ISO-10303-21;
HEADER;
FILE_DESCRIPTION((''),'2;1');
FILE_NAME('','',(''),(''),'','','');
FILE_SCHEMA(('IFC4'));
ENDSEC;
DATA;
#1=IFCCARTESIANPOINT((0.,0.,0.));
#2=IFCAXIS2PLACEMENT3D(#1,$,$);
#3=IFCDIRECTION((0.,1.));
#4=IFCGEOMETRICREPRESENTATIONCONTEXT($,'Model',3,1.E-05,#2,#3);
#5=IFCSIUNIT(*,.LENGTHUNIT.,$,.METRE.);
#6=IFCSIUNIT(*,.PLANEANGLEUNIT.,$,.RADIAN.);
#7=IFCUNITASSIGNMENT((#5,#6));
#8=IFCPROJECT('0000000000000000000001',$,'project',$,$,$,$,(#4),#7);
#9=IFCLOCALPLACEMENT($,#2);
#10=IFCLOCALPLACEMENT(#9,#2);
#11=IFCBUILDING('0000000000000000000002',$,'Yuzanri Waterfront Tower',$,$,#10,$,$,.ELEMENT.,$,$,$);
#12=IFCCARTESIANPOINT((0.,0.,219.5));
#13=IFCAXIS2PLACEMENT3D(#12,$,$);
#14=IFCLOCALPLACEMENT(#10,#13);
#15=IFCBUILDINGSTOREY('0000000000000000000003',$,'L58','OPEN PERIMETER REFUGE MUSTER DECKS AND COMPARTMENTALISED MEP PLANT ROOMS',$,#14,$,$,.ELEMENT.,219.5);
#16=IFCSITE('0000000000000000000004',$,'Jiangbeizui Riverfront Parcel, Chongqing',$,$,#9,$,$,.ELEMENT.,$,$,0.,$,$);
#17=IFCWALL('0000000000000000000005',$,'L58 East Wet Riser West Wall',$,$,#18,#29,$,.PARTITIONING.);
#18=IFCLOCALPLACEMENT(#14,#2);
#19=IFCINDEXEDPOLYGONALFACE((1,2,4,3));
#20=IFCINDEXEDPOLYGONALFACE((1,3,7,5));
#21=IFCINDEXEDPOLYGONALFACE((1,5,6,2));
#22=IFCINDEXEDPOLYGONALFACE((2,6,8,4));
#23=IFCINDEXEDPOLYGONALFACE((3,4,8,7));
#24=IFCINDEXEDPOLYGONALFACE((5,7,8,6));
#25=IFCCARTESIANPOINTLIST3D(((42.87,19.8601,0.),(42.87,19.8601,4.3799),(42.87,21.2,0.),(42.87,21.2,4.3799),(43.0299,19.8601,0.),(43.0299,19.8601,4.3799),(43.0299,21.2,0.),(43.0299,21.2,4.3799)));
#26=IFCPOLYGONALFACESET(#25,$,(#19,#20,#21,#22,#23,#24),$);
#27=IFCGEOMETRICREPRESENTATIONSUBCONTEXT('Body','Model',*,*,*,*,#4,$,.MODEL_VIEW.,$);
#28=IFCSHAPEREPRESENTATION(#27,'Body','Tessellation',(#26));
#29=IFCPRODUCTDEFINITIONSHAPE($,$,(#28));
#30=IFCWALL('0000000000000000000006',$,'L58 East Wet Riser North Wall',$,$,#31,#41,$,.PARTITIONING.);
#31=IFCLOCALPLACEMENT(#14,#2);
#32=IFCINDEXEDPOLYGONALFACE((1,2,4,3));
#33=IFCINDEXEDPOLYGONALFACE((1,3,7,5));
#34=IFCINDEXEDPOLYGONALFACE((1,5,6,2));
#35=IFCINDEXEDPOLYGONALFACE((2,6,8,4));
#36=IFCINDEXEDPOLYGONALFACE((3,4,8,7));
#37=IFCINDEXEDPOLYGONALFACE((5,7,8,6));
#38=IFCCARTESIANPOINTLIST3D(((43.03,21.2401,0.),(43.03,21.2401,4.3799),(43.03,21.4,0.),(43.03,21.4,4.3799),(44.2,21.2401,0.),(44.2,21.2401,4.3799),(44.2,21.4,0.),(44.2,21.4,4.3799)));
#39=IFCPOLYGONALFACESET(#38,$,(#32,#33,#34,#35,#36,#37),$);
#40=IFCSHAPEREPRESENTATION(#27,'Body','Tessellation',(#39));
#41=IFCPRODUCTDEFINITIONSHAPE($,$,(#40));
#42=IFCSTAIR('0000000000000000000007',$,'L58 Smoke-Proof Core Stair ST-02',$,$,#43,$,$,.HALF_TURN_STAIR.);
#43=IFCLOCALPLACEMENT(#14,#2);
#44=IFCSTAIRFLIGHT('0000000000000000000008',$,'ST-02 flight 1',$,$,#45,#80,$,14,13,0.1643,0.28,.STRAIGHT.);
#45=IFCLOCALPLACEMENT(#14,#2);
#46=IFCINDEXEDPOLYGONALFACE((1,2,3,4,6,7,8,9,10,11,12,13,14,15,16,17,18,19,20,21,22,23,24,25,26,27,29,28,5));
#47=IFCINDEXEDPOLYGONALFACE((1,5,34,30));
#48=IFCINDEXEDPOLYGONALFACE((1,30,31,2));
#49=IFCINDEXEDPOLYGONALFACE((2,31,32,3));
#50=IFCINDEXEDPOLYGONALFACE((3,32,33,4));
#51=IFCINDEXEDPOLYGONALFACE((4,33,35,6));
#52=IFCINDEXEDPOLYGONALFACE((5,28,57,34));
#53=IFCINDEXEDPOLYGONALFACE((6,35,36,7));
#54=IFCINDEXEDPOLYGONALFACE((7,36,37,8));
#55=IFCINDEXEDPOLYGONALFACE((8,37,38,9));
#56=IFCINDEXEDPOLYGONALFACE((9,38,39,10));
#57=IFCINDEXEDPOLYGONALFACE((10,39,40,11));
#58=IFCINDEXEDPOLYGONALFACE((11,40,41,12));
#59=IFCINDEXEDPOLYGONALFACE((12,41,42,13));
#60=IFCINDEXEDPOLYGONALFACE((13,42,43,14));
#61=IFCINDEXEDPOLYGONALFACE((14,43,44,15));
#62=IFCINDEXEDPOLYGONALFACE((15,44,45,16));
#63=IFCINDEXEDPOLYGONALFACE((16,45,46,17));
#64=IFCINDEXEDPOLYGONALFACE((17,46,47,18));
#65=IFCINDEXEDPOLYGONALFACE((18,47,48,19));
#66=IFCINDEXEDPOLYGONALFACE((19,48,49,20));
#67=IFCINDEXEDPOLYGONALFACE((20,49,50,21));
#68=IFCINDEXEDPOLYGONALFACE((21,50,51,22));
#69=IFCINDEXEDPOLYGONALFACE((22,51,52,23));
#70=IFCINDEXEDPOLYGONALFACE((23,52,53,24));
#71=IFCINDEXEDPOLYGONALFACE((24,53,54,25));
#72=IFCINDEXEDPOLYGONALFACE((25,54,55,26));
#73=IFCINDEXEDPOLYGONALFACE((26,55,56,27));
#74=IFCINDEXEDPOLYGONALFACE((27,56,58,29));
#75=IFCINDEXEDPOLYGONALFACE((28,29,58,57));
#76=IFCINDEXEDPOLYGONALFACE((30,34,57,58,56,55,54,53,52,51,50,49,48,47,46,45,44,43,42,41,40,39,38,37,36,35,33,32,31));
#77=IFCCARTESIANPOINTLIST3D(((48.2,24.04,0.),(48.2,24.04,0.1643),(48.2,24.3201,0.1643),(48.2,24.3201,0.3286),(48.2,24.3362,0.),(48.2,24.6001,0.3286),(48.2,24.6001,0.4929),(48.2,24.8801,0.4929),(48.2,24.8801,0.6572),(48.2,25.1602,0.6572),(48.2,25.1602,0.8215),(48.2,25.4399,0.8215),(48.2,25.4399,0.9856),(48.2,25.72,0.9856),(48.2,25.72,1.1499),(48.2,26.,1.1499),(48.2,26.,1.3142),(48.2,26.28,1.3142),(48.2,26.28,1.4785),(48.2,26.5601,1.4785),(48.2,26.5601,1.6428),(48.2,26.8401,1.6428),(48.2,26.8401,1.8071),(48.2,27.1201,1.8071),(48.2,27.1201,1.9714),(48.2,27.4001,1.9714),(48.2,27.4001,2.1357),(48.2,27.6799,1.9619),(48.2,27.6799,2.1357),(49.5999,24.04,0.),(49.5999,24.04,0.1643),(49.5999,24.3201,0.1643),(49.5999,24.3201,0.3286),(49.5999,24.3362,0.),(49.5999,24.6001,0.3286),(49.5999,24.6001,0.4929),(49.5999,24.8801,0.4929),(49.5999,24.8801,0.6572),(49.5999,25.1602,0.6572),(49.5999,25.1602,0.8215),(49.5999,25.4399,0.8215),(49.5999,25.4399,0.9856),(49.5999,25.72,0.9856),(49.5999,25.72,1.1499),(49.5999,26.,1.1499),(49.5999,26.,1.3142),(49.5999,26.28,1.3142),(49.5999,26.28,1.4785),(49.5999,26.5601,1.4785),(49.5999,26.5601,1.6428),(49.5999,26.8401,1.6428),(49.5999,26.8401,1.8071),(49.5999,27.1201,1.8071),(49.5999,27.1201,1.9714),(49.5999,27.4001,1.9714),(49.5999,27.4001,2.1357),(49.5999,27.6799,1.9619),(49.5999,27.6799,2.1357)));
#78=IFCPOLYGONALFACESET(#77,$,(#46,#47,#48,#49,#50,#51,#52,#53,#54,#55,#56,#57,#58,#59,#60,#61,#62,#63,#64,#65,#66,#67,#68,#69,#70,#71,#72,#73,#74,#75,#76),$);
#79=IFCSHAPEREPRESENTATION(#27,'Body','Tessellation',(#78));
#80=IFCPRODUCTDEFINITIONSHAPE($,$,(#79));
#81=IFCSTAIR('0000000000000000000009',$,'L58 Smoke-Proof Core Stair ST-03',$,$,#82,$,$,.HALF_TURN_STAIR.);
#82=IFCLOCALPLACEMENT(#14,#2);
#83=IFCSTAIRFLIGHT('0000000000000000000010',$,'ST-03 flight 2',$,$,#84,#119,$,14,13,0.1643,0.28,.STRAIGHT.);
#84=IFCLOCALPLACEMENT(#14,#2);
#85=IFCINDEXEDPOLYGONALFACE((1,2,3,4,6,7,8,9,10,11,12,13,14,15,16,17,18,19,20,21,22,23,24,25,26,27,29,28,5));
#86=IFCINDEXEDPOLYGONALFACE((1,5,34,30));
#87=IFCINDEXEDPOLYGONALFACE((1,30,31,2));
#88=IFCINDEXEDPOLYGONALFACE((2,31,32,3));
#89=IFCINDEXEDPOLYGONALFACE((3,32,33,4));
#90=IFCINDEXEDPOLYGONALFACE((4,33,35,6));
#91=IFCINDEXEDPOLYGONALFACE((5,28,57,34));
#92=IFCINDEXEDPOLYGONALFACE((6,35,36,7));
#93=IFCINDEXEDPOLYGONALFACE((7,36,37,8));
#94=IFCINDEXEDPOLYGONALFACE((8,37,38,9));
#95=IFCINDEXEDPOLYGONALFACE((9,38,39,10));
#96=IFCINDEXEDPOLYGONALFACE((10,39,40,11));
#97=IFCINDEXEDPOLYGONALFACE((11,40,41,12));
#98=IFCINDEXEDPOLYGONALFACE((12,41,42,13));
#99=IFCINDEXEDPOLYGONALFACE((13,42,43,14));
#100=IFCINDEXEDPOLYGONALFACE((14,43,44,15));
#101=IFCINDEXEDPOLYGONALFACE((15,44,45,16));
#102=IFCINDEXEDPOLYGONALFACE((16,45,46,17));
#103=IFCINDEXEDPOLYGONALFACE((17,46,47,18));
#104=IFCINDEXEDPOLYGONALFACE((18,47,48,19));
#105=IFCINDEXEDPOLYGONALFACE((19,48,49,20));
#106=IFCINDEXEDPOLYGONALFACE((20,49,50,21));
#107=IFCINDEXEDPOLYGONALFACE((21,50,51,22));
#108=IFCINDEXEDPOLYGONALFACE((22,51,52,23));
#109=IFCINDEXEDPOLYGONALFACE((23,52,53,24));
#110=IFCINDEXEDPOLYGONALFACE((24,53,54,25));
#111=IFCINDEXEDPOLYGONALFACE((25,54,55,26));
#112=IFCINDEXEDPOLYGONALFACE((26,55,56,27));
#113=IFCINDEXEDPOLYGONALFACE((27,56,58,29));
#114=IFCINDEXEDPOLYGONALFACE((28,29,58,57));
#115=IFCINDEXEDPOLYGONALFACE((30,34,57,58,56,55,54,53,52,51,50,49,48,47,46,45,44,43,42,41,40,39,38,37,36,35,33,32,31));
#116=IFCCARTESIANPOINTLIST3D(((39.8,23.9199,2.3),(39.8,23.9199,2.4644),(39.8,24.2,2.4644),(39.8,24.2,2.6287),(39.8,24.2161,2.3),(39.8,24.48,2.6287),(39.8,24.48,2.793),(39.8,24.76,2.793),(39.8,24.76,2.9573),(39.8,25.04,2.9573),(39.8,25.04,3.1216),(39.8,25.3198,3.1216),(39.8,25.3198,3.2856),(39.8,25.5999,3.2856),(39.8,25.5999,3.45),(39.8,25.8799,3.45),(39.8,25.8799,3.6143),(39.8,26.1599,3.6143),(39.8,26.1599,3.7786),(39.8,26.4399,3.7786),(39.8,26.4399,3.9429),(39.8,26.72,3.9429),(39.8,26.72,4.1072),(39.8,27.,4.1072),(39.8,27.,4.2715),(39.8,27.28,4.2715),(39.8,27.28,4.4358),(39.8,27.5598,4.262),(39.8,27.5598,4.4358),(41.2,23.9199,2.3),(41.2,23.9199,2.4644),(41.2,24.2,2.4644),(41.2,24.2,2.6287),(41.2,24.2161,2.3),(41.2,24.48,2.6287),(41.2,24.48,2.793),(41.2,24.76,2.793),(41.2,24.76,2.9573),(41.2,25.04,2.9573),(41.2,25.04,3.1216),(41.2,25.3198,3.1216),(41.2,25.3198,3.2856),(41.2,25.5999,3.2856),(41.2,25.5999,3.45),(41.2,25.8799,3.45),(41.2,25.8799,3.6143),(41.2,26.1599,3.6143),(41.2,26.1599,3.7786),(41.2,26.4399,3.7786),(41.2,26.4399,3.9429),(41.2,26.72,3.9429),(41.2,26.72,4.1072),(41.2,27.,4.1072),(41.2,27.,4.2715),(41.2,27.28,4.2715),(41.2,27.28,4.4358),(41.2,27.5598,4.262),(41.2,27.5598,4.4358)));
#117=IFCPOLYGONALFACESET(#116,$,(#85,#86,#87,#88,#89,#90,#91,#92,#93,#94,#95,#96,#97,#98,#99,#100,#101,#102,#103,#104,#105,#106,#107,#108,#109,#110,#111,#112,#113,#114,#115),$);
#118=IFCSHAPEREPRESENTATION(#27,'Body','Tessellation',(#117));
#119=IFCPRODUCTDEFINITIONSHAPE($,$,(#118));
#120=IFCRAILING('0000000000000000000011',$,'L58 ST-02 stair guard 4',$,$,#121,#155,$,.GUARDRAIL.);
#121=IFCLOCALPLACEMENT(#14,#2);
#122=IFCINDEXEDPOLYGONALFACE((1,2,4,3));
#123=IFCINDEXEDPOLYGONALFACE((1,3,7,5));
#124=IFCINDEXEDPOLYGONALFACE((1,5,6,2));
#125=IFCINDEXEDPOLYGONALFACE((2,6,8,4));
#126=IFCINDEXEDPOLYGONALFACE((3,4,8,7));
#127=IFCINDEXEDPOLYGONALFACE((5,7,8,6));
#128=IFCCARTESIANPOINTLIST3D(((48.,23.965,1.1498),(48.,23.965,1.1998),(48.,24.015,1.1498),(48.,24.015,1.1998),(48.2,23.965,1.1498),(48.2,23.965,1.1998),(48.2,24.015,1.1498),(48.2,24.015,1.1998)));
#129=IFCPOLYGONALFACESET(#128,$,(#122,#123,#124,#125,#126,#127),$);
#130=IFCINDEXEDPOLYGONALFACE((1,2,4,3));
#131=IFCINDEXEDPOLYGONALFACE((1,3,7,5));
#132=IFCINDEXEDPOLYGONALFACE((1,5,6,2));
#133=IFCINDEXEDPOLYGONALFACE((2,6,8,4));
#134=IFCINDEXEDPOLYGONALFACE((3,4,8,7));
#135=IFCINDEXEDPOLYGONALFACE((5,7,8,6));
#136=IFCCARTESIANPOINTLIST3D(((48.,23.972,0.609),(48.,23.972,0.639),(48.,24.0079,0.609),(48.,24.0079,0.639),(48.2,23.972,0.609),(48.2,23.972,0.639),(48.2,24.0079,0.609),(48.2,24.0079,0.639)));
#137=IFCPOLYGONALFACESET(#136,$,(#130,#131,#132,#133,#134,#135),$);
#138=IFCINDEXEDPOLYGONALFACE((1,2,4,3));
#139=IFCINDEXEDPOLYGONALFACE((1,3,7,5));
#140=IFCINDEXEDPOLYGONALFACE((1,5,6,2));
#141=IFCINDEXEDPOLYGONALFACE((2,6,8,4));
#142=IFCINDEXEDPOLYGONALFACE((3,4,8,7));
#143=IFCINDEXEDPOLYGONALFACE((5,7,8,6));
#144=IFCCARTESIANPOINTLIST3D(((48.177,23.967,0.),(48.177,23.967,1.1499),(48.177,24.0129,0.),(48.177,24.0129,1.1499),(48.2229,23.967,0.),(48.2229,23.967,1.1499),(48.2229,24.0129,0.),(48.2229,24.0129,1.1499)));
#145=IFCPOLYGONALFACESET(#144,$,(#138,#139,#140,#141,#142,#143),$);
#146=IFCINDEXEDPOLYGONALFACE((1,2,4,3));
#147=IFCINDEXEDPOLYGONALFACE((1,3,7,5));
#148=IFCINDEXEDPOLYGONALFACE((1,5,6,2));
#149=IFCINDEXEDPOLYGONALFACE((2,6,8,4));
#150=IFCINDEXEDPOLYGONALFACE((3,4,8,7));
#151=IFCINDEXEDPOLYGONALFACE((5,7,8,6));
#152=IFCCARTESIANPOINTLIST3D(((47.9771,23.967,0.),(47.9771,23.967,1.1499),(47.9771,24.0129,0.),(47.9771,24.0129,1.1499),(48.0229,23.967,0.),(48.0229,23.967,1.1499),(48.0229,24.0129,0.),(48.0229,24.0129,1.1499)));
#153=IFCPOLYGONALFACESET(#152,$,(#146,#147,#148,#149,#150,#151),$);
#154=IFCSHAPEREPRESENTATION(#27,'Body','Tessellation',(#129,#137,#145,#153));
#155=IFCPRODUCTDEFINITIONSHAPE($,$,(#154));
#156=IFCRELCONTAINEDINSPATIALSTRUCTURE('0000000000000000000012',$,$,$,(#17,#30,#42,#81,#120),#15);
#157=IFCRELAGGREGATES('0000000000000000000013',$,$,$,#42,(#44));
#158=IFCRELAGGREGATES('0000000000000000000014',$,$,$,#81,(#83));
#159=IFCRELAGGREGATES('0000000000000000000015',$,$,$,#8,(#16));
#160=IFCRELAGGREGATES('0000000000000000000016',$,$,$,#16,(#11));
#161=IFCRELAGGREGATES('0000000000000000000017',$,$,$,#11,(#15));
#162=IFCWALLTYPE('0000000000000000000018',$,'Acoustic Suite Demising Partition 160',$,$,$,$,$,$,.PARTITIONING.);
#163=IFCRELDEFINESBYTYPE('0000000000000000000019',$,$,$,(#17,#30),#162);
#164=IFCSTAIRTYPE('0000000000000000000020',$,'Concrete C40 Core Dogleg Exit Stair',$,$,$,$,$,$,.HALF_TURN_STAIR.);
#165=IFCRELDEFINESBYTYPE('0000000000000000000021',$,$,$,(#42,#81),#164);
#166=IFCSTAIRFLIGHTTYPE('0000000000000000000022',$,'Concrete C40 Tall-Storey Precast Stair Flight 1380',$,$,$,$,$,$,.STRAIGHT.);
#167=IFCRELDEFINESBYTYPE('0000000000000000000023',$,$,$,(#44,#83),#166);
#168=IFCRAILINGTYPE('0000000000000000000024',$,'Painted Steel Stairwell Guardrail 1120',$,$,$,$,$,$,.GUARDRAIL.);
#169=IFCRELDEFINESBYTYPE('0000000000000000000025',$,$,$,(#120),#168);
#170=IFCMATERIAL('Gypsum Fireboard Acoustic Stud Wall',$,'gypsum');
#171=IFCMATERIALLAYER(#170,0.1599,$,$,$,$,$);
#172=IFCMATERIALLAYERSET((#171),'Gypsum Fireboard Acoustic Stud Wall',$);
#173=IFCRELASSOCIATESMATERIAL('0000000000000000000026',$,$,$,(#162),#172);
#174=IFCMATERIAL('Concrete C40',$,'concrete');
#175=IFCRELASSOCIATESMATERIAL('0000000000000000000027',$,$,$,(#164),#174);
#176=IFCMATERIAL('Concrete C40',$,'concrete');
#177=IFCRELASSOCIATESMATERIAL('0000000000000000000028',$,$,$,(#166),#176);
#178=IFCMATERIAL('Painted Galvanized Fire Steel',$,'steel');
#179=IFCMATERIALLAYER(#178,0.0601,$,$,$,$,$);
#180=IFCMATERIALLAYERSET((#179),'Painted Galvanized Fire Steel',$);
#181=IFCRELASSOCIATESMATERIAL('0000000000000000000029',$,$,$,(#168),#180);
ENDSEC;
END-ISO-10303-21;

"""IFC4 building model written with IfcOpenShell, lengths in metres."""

from ifc_helpers import new_model, si_unit, direction, frame, frame_2d, origin, origin_2d, place, context, subcontext, project, spatial, polyline, rectangle, outline, extrude, source, transform, mapped, material, layer, layer_set, type_object, element, aggregate, save


model = new_model("IFC4")

# Units and contexts
model_context = context("Model", 3, precision=1e-05, world=origin(), true_north=direction((0.0, 1.0)))
body_context = subcontext(model_context, "Body", "Model", "MODEL_VIEW")
ifc_project = project(units=[si_unit("LENGTHUNIT", "METRE"), si_unit("PLANEANGLEUNIT", "RADIAN")], contexts=[model_context])

# Site, building, storey
site_placement = place(None, origin())
site = spatial("IfcSite", under=ifc_project, at=site_placement, Name="Jiangbeizui Riverfront Parcel, Chongqing", CompositionType="ELEMENT", RefElevation=0.0)
building_placement = place(site_placement, origin())
building = spatial("IfcBuilding", under=site, at=building_placement, Name="Yuzanri Waterfront Tower", CompositionType="ELEMENT")
storey_placement = place(building_placement, frame((0.0, 0.0, 219.5)))
storey = spatial("IfcBuildingStorey", under=building, at=storey_placement, Name="L58", Description="OPEN PERIMETER REFUGE MUSTER DECKS AND COMPARTMENTALISED MEP PLANT ROOMS", CompositionType="ELEMENT", Elevation=219.5)

# Walls
ifc_material_1 = material(Name="Gypsum Fireboard Acoustic Stud Wall", Category="gypsum")
ifc_layer_1 = layer(ifc_material_1, 0.1599)
ifc_layer_set_1 = layer_set([ifc_layer_1], Name="Gypsum Fireboard Acoustic Stud Wall")
wall_type_1 = type_object("IfcWallType", Name="Acoustic Suite Demising Partition 160", PredefinedType="PARTITIONING", material=ifc_layer_set_1)
shared_shape_1 = source(origin(), body_context, "Body", "SweptSolid", [
    extrude(rectangle(XDim=1.3398, YDim=0.1599, at=frame_2d((0.6699, 0.0))), origin(), (0.0, 0.0, 1.0), 4.3799),
])
wall_1_placement = place(storey_placement, frame((42.95, 19.8601, 0.0), z_axis=(0.0, 0.0, 1.0), x_axis=(0.0, 1.0, 0.0)))
element("IfcWall", 1, at=wall_1_placement, inside=storey, type_object=wall_type_1, Name="L58 East Wet Riser West Wall", PredefinedType="PARTITIONING", context=body_context, shape_type="MappedRepresentation", body=[
    mapped(shared_shape_1, transform((0.0, 0.0, 0.0), scale=1.0)),
])
shared_shape_2 = source(origin(), body_context, "Body", "SweptSolid", [
    extrude(rectangle(XDim=1.1699, YDim=0.1599, at=frame_2d((0.585, 0.0))), origin(), (0.0, 0.0, 1.0), 4.3799),
])
wall_2_placement = place(storey_placement, frame((43.03, 21.3201, 0.0), z_axis=(0.0, 0.0, 1.0), x_axis=(1.0, 0.0, 0.0)))
element("IfcWall", 2, at=wall_2_placement, inside=storey, type_object=wall_type_1, Name="L58 East Wet Riser North Wall", PredefinedType="PARTITIONING", context=body_context, shape_type="MappedRepresentation", body=[
    mapped(shared_shape_2, transform((0.0, 0.0, 0.0), scale=1.0)),
])

# Stairs, stair flights
ifc_material_2 = material(Name="Concrete C40", Category="concrete")
stair_type = type_object("IfcStairType", Name="Concrete C40 Core Dogleg Exit Stair", PredefinedType="HALF_TURN_STAIR", material=ifc_material_2)
stair_1_placement = place(storey_placement, origin())
stair_1 = element("IfcStair", 3, at=stair_1_placement, inside=storey, type_object=stair_type, Name="L58 Smoke-Proof Core Stair ST-02", PredefinedType="HALF_TURN_STAIR")
ifc_material_3 = material(Name="Concrete C40", Category="concrete")
stair_flight_type = type_object("IfcStairFlightType", Name="Concrete C40 Tall-Storey Precast Stair Flight 1380", PredefinedType="STRAIGHT", material=ifc_material_3)
shared_shape_3 = source(origin(), body_context, "Body", "SweptSolid", [
    extrude(outline(polyline([(0.0, 0.0), (0.0, 0.1643), (0.28, 0.1643), (0.28, 0.3286), (0.5601, 0.3286), (0.5601, 0.4929), (0.8401, 0.4929), (0.8401, 0.6572), (1.1201, 0.6572), (1.1201, 0.8215), (1.3999, 0.8215), (1.3999, 0.9856), (1.6799, 0.9856), (1.6799, 1.1499), (1.96, 1.1499), (1.96, 1.3142), (2.24, 1.3142), (2.24, 1.4785), (2.52, 1.4785), (2.52, 1.6428), (2.8, 1.6428), (2.8, 1.8071), (3.0801, 1.8071), (3.0801, 1.9714), (3.3601, 1.9714), (3.3601, 2.1357), (3.6399, 2.1357), (3.6399, 2.3), (3.6399, 1.9619), (0.2961, 0.0), (0.0, 0.0)])), frame((0.0, 0.7, 0.0), z_axis=(0.0, -1.0, 0.0), x_axis=(1.0, 0.0, 0.0)), (0.0, 0.0, 1.0), 1.3999),
])
stair_flight_1_placement = place(storey_placement, frame((48.8999, 24.04, 0.0), z_axis=(0.0, 0.0, 1.0), x_axis=(0.0, 1.0, 0.0)))
stair_flight_1 = element("IfcStairFlight", 4, at=stair_flight_1_placement, type_object=stair_flight_type, Name="ST-02 flight 1", NumberOfRisers=14, NumberOfTreads=13, PredefinedType="STRAIGHT", RiserHeight=0.1643, TreadLength=0.28, context=body_context, shape_type="MappedRepresentation", body=[
    mapped(shared_shape_3, transform((0.0, 0.0, 0.0), scale=1.0)),
])
aggregate(stair_1, [stair_flight_1])
stair_2_placement = place(storey_placement, origin())
stair_2 = element("IfcStair", 5, at=stair_2_placement, inside=storey, type_object=stair_type, Name="L58 Smoke-Proof Core Stair ST-03", PredefinedType="HALF_TURN_STAIR")
stair_flight_2_placement = place(storey_placement, frame((40.5, 23.9199, 2.3), z_axis=(0.0, 0.0, 1.0), x_axis=(0.0, 1.0, 0.0)))
stair_flight_2 = element("IfcStairFlight", 6, at=stair_flight_2_placement, type_object=stair_flight_type, Name="ST-03 flight 2", NumberOfRisers=14, NumberOfTreads=13, PredefinedType="STRAIGHT", RiserHeight=0.1643, TreadLength=0.28, context=body_context, shape_type="MappedRepresentation", body=[
    mapped(shared_shape_3, transform((0.0, 0.0, 0.0), scale=1.0)),
])
aggregate(stair_2, [stair_flight_2])

# Railing
ifc_material_4 = material(Name="Painted Galvanized Fire Steel", Category="steel")
ifc_layer_2 = layer(ifc_material_4, 0.0601)
ifc_layer_set_2 = layer_set([ifc_layer_2], Name="Painted Galvanized Fire Steel")
railing_type_1 = type_object("IfcRailingType", Name="Painted Steel Stairwell Guardrail 1120", PredefinedType="GUARDRAIL", material=ifc_layer_set_2)
shared_shape_4 = source(origin(), body_context, "Body", "SweptSolid", [
    extrude(rectangle(XDim=0.05, YDim=0.05, at=origin_2d()), frame((0.0, 0.0, 1.1748), z_axis=(-1.0, 0.0, 0.0), x_axis=(0.0, -1.0, 0.0)), (0.0, 0.0, 1.0), 0.2),
    extrude(rectangle(XDim=0.0359, YDim=0.03, at=origin_2d()), frame((0.0, 0.0, 0.624), z_axis=(-1.0, 0.0, 0.0), x_axis=(0.0, -1.0, 0.0)), (0.0, 0.0, 1.0), 0.2),
    extrude(rectangle(XDim=0.0459, YDim=0.0459, at=origin_2d()), origin(), (0.0, 0.0, 1.0), 1.1499),
    extrude(rectangle(XDim=0.0459, YDim=0.0459, at=origin_2d()), frame((-0.2, 0.0, 0.0)), (0.0, 0.0, 1.0), 1.1499),
])
railing_1_placement = place(storey_placement, frame((48.2, 23.99, 0.0)))
element("IfcRailing", 7, at=railing_1_placement, inside=storey, type_object=railing_type_1, Name="L58 ST-02 stair guard 4", PredefinedType="GUARDRAIL", context=body_context, shape_type="MappedRepresentation", body=[
    mapped(shared_shape_4, transform((0.0, 0.0, 0.0), scale=1.0)),
])

save(model, "model.ifc")
